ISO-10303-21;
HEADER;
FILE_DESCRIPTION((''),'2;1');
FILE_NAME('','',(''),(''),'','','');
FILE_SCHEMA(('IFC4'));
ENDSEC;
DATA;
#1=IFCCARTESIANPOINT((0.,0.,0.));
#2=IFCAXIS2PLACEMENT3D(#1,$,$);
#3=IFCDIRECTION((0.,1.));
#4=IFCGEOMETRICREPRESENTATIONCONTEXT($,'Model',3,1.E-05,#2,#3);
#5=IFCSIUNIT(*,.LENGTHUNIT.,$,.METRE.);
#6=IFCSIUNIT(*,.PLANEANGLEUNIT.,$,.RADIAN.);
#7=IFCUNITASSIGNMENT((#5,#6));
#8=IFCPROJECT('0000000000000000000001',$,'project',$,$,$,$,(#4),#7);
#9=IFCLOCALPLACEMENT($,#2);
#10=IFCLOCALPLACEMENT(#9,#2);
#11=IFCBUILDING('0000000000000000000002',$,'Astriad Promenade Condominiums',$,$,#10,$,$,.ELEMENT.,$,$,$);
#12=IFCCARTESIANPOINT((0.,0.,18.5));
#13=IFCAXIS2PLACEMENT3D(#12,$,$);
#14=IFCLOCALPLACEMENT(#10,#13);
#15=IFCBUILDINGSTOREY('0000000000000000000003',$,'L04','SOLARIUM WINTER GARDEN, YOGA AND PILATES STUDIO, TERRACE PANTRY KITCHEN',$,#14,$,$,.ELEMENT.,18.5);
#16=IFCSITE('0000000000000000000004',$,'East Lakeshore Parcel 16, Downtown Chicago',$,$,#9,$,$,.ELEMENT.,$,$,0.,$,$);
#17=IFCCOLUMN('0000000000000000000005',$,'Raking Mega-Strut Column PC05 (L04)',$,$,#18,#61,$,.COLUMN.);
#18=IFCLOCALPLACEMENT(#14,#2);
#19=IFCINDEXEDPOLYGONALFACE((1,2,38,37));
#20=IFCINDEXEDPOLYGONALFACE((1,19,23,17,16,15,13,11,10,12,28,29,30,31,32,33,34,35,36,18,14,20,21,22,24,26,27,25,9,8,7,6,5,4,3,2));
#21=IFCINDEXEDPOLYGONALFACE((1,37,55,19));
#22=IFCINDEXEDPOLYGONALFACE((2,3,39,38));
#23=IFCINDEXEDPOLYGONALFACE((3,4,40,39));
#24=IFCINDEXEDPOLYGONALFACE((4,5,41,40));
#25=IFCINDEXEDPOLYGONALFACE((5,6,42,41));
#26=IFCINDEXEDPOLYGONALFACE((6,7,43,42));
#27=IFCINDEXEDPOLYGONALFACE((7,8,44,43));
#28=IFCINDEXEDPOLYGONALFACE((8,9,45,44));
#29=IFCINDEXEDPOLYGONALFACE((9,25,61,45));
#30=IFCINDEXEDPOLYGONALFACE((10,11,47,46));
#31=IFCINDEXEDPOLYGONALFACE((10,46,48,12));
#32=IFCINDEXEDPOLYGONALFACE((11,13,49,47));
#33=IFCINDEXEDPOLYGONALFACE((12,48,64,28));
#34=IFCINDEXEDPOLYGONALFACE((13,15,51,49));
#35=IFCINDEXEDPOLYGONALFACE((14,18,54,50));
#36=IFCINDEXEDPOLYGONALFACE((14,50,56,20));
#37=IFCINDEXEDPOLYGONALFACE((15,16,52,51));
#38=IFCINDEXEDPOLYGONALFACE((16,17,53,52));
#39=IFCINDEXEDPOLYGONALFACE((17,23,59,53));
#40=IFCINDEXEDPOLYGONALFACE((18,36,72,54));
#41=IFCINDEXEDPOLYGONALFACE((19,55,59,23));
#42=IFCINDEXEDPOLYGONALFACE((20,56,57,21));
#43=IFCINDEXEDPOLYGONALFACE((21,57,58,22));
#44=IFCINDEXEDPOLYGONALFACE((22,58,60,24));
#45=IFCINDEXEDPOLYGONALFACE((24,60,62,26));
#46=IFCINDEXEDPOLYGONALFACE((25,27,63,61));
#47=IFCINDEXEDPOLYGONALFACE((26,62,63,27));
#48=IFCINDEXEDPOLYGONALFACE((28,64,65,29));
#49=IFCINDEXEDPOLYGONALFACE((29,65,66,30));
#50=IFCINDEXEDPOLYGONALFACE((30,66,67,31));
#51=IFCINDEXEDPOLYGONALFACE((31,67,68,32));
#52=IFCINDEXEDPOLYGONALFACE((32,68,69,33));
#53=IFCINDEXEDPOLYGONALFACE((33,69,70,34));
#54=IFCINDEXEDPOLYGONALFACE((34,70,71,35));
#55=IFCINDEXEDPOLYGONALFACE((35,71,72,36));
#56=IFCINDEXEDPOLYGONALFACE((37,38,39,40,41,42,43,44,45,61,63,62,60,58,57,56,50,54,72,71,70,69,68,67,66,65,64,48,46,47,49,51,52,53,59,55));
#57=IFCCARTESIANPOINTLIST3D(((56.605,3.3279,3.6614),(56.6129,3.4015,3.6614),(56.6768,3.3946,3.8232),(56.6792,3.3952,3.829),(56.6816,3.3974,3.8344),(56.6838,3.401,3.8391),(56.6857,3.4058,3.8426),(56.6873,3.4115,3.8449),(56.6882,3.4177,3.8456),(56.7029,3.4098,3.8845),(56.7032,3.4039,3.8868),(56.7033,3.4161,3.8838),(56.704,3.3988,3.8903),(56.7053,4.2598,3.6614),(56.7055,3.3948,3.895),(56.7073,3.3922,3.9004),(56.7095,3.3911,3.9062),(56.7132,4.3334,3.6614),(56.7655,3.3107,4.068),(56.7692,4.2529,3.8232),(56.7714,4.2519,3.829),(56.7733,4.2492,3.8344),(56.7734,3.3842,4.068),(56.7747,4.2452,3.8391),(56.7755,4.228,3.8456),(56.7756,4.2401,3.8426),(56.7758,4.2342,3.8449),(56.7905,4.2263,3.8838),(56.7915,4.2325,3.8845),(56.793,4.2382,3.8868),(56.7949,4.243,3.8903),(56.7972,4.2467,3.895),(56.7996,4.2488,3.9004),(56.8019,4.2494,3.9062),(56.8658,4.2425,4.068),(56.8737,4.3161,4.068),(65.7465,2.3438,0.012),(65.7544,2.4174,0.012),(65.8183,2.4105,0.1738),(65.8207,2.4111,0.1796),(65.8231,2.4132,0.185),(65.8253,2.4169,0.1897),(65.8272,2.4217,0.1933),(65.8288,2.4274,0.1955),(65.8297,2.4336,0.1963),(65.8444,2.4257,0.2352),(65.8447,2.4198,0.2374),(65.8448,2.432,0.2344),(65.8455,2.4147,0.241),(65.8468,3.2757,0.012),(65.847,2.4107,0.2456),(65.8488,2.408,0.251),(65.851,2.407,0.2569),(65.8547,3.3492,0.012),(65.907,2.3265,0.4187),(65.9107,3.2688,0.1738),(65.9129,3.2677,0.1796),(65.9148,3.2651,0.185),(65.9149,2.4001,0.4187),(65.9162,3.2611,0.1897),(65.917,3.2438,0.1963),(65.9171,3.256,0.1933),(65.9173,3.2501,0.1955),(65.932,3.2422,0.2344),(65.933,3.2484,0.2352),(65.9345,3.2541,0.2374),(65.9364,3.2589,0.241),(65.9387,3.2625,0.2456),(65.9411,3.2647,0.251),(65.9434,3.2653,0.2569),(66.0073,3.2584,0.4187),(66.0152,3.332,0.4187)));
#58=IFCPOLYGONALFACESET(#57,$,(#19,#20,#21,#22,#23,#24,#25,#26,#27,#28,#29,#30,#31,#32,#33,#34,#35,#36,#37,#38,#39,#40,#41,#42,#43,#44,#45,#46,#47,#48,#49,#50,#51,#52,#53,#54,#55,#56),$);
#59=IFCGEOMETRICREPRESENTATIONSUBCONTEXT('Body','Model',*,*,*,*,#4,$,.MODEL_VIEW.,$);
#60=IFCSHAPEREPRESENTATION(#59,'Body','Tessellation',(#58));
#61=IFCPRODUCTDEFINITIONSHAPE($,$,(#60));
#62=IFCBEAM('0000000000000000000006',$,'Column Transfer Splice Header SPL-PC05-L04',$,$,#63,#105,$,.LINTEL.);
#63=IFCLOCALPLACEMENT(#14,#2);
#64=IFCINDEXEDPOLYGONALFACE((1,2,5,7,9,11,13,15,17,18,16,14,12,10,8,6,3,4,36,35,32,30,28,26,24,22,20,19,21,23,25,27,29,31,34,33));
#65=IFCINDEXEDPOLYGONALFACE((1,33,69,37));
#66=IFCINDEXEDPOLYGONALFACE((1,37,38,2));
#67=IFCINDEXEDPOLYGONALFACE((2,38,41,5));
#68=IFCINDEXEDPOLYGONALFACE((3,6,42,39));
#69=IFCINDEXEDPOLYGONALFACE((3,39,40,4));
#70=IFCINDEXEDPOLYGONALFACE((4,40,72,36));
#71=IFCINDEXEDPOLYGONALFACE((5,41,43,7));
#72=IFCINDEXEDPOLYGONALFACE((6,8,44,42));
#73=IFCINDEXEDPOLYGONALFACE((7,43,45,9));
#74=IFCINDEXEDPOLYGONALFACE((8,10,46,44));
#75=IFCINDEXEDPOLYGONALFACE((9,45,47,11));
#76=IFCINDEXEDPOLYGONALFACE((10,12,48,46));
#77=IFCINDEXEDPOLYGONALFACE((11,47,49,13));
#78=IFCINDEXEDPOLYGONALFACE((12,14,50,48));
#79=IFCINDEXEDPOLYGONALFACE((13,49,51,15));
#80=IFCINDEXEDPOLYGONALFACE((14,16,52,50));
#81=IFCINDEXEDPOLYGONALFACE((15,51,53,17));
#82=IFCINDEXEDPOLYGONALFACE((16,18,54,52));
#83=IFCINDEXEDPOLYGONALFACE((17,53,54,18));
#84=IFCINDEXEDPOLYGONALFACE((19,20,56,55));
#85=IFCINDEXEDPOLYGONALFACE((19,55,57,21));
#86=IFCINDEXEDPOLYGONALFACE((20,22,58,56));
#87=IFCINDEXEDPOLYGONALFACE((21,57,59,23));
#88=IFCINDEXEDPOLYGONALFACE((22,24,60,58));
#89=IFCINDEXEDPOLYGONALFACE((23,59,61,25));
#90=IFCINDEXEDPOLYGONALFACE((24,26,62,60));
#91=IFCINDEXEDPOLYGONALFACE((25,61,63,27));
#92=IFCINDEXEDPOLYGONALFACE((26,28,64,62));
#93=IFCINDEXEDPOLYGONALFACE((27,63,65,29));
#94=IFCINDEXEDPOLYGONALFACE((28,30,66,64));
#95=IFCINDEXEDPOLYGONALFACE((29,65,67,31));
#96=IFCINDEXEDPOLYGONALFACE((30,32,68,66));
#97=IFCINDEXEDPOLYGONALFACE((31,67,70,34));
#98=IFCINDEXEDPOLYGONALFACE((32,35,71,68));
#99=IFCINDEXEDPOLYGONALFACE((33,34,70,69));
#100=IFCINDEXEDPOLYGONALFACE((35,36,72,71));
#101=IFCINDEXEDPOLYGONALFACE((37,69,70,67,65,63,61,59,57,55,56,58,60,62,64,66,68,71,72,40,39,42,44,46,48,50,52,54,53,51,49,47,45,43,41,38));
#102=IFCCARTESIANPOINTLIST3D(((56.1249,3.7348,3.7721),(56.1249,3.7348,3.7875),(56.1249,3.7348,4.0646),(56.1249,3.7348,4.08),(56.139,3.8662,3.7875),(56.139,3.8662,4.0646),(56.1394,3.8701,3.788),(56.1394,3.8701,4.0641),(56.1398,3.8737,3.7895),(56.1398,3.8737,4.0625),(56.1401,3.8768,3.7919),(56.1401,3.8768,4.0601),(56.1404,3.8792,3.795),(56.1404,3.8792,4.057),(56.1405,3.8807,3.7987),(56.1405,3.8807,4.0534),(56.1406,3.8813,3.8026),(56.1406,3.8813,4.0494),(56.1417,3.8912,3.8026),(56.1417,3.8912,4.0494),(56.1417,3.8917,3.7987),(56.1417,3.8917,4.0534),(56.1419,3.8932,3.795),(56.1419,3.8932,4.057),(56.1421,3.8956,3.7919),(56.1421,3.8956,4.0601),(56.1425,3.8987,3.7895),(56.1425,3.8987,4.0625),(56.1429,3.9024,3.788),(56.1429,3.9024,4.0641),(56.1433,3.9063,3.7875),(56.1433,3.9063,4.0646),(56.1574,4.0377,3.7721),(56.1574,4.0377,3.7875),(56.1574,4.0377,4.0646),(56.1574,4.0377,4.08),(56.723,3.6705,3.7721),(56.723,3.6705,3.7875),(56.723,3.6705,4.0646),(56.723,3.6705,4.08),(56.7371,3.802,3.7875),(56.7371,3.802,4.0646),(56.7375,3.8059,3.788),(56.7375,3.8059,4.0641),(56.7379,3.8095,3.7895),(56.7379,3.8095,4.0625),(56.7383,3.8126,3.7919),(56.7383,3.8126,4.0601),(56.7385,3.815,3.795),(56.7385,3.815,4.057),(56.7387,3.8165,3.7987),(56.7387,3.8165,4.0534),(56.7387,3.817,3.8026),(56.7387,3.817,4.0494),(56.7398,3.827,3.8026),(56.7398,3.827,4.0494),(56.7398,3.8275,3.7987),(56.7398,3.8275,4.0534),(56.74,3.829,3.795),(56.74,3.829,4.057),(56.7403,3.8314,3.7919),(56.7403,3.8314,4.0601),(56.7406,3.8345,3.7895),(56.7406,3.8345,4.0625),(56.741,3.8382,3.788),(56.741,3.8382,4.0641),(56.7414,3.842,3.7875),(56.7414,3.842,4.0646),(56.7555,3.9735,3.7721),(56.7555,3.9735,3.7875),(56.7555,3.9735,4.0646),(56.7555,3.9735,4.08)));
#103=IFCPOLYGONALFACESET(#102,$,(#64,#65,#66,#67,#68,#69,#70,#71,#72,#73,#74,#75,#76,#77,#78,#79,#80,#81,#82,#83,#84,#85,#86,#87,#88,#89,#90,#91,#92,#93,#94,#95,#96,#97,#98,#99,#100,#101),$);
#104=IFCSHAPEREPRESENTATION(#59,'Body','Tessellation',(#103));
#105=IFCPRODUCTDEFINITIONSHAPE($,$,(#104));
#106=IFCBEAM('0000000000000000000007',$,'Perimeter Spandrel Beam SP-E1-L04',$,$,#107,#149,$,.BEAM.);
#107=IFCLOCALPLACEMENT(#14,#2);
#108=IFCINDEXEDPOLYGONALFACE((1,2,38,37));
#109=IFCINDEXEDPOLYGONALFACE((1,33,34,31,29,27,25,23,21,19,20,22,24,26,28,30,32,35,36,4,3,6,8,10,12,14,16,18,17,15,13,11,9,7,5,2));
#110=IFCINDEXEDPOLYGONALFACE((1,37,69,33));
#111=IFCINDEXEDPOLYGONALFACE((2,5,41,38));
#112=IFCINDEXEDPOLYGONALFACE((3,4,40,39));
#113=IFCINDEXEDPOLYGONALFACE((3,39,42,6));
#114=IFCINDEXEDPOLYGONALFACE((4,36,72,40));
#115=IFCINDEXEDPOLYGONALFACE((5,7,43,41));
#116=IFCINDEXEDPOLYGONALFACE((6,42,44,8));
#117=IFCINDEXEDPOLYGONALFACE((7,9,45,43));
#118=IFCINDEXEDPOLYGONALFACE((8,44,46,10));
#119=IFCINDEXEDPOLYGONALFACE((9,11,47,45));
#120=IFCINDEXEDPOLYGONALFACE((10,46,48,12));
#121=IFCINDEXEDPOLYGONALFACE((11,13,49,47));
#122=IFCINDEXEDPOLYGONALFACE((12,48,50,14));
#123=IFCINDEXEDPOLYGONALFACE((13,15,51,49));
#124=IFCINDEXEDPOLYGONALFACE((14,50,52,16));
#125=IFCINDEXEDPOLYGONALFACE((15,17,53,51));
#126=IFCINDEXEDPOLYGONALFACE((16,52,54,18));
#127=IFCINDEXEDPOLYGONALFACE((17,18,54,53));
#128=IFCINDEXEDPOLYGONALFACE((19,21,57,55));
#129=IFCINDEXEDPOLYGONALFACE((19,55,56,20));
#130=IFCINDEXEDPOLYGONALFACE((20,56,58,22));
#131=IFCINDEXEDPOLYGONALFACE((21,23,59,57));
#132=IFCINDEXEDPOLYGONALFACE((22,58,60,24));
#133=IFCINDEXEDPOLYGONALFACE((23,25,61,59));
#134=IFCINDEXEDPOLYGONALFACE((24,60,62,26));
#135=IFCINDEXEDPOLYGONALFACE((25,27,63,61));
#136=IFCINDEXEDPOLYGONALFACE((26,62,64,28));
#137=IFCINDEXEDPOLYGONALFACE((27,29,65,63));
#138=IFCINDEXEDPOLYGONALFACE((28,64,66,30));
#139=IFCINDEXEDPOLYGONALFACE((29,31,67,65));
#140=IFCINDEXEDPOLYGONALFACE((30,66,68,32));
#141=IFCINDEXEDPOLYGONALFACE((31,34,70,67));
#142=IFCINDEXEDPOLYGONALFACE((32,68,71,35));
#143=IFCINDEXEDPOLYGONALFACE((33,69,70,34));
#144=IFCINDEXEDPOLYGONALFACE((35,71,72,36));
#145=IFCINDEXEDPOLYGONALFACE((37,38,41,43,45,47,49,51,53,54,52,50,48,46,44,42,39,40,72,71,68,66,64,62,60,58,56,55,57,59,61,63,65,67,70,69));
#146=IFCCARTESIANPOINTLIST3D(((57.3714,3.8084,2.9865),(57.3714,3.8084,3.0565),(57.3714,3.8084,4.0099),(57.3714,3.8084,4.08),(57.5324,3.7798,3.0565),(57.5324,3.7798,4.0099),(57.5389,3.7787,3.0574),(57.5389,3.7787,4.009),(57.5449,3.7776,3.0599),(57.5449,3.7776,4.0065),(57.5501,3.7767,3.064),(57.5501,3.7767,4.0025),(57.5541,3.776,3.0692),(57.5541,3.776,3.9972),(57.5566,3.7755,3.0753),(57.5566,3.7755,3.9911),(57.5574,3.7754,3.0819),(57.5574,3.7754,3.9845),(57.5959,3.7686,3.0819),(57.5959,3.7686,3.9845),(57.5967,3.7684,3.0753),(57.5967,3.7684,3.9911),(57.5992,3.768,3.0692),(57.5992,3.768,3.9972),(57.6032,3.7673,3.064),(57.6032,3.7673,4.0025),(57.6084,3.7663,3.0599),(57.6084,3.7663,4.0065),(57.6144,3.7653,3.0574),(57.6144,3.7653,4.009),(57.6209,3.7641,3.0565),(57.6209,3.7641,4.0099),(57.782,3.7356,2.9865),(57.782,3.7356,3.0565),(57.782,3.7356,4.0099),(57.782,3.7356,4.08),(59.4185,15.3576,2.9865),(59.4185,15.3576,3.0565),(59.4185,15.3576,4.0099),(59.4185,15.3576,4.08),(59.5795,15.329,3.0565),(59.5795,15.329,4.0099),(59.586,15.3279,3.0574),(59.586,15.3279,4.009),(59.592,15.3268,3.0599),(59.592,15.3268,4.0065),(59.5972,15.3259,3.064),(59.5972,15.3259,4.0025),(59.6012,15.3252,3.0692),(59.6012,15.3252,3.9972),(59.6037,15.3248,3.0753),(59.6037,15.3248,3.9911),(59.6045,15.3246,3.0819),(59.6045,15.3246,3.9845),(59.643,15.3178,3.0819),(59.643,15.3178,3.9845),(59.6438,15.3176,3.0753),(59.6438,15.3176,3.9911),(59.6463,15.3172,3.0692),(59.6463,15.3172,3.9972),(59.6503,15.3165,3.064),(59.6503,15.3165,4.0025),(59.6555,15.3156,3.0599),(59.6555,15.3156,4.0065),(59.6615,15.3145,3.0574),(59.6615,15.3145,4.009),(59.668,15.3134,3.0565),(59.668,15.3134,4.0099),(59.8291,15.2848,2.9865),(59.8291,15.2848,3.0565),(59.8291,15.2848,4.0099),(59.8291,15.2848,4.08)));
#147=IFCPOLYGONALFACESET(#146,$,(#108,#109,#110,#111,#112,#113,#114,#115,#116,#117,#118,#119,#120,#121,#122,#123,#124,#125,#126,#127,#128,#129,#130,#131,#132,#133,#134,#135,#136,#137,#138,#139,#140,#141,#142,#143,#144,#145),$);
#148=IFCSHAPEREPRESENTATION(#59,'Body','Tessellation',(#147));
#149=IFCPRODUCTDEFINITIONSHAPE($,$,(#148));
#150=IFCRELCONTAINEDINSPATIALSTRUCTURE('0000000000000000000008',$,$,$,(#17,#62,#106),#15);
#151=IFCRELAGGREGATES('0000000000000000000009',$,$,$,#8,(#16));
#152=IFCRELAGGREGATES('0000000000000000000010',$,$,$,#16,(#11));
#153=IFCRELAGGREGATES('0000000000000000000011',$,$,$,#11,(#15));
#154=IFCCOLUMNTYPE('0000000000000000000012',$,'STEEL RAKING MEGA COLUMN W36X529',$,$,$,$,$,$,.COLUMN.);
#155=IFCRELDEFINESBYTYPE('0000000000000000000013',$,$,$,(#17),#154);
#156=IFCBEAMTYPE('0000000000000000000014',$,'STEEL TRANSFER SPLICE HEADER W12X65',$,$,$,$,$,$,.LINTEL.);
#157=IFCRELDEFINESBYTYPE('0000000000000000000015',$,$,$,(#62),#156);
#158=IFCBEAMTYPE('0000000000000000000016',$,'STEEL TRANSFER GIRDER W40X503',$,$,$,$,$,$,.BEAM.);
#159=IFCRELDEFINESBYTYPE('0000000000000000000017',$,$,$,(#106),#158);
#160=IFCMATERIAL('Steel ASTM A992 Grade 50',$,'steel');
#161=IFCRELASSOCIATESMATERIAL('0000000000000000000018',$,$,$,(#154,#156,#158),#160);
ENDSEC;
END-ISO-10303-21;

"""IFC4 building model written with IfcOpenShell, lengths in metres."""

from ifc_helpers import new_model, si_unit, direction, frame, origin, origin_2d, place, context, subcontext, project, spatial, i_section, extrude, source, transform, mapped, material, material_profile, profile_set, type_object, type_shapes, element, save


model = new_model("IFC4")

# Units and contexts
model_context = context("Model", 3, precision=1e-05, world=origin(), true_north=direction((0.0, 1.0)))
body_context = subcontext(model_context, "Body", "Model", "MODEL_VIEW")
ifc_project = project(units=[si_unit("LENGTHUNIT", "METRE"), si_unit("PLANEANGLEUNIT", "RADIAN")], contexts=[model_context])

# Site, building, storey
site_placement = place(None, origin())
site = spatial("IfcSite", under=ifc_project, at=site_placement, Name="East Lakeshore Parcel 16, Downtown Chicago", CompositionType="ELEMENT", RefElevation=0.0)
building_placement = place(site_placement, origin())
building = spatial("IfcBuilding", under=site, at=building_placement, Name="Astriad Promenade Condominiums", CompositionType="ELEMENT")
storey_placement = place(building_placement, frame((0.0, 0.0, 18.5)))
storey = spatial("IfcBuildingStorey", under=building, at=storey_placement, Name="L04", Description="SOLARIUM WINTER GARDEN, YOGA AND PILATES STUDIO, TERRACE PANTRY KITCHEN", CompositionType="ELEMENT", Elevation=18.5)

# Column
ifc_material_1 = material(Name="Steel ASTM A992 Grade 50", Category="steel")
ifc_material_profile_1 = material_profile(ifc_material_1, i_section(OverallWidth=0.4375, OverallDepth=1.0112, WebThickness=0.041, FlangeThickness=0.074, FilletRadius=0.0242, at=origin_2d()), Name="W36X529")
ifc_profile_set_1 = profile_set([ifc_material_profile_1], Name="Steel ASTM A992 Grade 50")
column_type = type_object("IfcColumnType", Name="STEEL RAKING MEGA COLUMN W36X529", PredefinedType="COLUMN", material=ifc_profile_set_1)
shared_shape_1 = source(origin(), body_context, "Body", "SweptSolid", [
    extrude(i_section(OverallWidth=0.4375, OverallDepth=1.0112, WebThickness=0.041, FlangeThickness=0.074, FilletRadius=0.0242, at=origin_2d()), origin(), (0.0, 0.0, 1.0), 9.8921),
])
type_shapes(column_type, [shared_shape_1])
column_placement = place(storey_placement, frame((65.8809, 2.8379, 0.2153), z_axis=(-0.924122, 0.099486, 0.368918), x_axis=(0.366799, -0.039487, 0.929462)))
element("IfcColumn", 1, at=column_placement, inside=storey, type_object=column_type, Name="Raking Mega-Strut Column PC05 (L04)", PredefinedType="COLUMN", context=body_context, shape_type="MappedRepresentation", body=[
    mapped(shared_shape_1, transform((0.0, 0.0, 0.0), scale=1.0)),
])

# Beams
ifc_material_profile_2 = material_profile(ifc_material_1, i_section(OverallWidth=0.3047, OverallDepth=0.3079, WebThickness=0.01, FlangeThickness=0.0154, FilletRadius=0.0151, at=origin_2d()), Name="W12X65")
ifc_profile_set_2 = profile_set([ifc_material_profile_2], Name="Steel ASTM A992 Grade 50")
beam_type_1 = type_object("IfcBeamType", Name="STEEL TRANSFER SPLICE HEADER W12X65", PredefinedType="LINTEL", material=ifc_profile_set_2)
shared_shape_2 = source(origin(), body_context, "Body", "SweptSolid", [
    extrude(i_section(OverallWidth=0.3047, OverallDepth=0.3079, WebThickness=0.01, FlangeThickness=0.0154, FilletRadius=0.0151, at=origin_2d()), origin(), (0.0, 0.0, 1.0), 0.6016),
])
type_shapes(beam_type_1, [shared_shape_2])
beam_1_placement = place(storey_placement, frame((56.7393, 3.822, 3.926), z_axis=(-0.994288, 0.106734, 0.0), x_axis=(-0.106734, -0.994288, 0.0)))
element("IfcBeam", 2, at=beam_1_placement, inside=storey, type_object=beam_type_1, Name="Column Transfer Splice Header SPL-PC05-L04", PredefinedType="LINTEL", context=body_context, shape_type="MappedRepresentation", body=[
    mapped(shared_shape_2, transform((0.0, 0.0, 0.0), scale=1.0)),
])
ifc_material_profile_3 = material_profile(ifc_material_1, i_section(OverallWidth=0.417, OverallDepth=1.0935, WebThickness=0.0391, FlangeThickness=0.0701, FilletRadius=0.0254, at=origin_2d()), Name="W40X503")
ifc_profile_set_3 = profile_set([ifc_material_profile_3], Name="Steel ASTM A992 Grade 50")
beam_type_2 = type_object("IfcBeamType", Name="STEEL TRANSFER GIRDER W40X503", PredefinedType="BEAM", material=ifc_profile_set_3)
shared_shape_3 = source(origin(), body_context, "Body", "SweptSolid", [
    extrude(i_section(OverallWidth=0.417, OverallDepth=1.0935, WebThickness=0.0391, FlangeThickness=0.0701, FilletRadius=0.0254, at=origin_2d()), origin(), (0.0, 0.0, 1.0), 11.7292),
])
type_shapes(beam_type_2, [shared_shape_3])
beam_2_placement = place(storey_placement, frame((57.5767, 3.772, 3.5332), z_axis=(0.17453, 0.984652, 0.0), x_axis=(-0.984652, 0.17453, 0.0)))
element("IfcBeam", 3, at=beam_2_placement, inside=storey, type_object=beam_type_2, Name="Perimeter Spandrel Beam SP-E1-L04", PredefinedType="BEAM", context=body_context, shape_type="MappedRepresentation", body=[
    mapped(shared_shape_3, transform((0.0, 0.0, 0.0), scale=1.0)),
])

save(model, "model.ifc")
